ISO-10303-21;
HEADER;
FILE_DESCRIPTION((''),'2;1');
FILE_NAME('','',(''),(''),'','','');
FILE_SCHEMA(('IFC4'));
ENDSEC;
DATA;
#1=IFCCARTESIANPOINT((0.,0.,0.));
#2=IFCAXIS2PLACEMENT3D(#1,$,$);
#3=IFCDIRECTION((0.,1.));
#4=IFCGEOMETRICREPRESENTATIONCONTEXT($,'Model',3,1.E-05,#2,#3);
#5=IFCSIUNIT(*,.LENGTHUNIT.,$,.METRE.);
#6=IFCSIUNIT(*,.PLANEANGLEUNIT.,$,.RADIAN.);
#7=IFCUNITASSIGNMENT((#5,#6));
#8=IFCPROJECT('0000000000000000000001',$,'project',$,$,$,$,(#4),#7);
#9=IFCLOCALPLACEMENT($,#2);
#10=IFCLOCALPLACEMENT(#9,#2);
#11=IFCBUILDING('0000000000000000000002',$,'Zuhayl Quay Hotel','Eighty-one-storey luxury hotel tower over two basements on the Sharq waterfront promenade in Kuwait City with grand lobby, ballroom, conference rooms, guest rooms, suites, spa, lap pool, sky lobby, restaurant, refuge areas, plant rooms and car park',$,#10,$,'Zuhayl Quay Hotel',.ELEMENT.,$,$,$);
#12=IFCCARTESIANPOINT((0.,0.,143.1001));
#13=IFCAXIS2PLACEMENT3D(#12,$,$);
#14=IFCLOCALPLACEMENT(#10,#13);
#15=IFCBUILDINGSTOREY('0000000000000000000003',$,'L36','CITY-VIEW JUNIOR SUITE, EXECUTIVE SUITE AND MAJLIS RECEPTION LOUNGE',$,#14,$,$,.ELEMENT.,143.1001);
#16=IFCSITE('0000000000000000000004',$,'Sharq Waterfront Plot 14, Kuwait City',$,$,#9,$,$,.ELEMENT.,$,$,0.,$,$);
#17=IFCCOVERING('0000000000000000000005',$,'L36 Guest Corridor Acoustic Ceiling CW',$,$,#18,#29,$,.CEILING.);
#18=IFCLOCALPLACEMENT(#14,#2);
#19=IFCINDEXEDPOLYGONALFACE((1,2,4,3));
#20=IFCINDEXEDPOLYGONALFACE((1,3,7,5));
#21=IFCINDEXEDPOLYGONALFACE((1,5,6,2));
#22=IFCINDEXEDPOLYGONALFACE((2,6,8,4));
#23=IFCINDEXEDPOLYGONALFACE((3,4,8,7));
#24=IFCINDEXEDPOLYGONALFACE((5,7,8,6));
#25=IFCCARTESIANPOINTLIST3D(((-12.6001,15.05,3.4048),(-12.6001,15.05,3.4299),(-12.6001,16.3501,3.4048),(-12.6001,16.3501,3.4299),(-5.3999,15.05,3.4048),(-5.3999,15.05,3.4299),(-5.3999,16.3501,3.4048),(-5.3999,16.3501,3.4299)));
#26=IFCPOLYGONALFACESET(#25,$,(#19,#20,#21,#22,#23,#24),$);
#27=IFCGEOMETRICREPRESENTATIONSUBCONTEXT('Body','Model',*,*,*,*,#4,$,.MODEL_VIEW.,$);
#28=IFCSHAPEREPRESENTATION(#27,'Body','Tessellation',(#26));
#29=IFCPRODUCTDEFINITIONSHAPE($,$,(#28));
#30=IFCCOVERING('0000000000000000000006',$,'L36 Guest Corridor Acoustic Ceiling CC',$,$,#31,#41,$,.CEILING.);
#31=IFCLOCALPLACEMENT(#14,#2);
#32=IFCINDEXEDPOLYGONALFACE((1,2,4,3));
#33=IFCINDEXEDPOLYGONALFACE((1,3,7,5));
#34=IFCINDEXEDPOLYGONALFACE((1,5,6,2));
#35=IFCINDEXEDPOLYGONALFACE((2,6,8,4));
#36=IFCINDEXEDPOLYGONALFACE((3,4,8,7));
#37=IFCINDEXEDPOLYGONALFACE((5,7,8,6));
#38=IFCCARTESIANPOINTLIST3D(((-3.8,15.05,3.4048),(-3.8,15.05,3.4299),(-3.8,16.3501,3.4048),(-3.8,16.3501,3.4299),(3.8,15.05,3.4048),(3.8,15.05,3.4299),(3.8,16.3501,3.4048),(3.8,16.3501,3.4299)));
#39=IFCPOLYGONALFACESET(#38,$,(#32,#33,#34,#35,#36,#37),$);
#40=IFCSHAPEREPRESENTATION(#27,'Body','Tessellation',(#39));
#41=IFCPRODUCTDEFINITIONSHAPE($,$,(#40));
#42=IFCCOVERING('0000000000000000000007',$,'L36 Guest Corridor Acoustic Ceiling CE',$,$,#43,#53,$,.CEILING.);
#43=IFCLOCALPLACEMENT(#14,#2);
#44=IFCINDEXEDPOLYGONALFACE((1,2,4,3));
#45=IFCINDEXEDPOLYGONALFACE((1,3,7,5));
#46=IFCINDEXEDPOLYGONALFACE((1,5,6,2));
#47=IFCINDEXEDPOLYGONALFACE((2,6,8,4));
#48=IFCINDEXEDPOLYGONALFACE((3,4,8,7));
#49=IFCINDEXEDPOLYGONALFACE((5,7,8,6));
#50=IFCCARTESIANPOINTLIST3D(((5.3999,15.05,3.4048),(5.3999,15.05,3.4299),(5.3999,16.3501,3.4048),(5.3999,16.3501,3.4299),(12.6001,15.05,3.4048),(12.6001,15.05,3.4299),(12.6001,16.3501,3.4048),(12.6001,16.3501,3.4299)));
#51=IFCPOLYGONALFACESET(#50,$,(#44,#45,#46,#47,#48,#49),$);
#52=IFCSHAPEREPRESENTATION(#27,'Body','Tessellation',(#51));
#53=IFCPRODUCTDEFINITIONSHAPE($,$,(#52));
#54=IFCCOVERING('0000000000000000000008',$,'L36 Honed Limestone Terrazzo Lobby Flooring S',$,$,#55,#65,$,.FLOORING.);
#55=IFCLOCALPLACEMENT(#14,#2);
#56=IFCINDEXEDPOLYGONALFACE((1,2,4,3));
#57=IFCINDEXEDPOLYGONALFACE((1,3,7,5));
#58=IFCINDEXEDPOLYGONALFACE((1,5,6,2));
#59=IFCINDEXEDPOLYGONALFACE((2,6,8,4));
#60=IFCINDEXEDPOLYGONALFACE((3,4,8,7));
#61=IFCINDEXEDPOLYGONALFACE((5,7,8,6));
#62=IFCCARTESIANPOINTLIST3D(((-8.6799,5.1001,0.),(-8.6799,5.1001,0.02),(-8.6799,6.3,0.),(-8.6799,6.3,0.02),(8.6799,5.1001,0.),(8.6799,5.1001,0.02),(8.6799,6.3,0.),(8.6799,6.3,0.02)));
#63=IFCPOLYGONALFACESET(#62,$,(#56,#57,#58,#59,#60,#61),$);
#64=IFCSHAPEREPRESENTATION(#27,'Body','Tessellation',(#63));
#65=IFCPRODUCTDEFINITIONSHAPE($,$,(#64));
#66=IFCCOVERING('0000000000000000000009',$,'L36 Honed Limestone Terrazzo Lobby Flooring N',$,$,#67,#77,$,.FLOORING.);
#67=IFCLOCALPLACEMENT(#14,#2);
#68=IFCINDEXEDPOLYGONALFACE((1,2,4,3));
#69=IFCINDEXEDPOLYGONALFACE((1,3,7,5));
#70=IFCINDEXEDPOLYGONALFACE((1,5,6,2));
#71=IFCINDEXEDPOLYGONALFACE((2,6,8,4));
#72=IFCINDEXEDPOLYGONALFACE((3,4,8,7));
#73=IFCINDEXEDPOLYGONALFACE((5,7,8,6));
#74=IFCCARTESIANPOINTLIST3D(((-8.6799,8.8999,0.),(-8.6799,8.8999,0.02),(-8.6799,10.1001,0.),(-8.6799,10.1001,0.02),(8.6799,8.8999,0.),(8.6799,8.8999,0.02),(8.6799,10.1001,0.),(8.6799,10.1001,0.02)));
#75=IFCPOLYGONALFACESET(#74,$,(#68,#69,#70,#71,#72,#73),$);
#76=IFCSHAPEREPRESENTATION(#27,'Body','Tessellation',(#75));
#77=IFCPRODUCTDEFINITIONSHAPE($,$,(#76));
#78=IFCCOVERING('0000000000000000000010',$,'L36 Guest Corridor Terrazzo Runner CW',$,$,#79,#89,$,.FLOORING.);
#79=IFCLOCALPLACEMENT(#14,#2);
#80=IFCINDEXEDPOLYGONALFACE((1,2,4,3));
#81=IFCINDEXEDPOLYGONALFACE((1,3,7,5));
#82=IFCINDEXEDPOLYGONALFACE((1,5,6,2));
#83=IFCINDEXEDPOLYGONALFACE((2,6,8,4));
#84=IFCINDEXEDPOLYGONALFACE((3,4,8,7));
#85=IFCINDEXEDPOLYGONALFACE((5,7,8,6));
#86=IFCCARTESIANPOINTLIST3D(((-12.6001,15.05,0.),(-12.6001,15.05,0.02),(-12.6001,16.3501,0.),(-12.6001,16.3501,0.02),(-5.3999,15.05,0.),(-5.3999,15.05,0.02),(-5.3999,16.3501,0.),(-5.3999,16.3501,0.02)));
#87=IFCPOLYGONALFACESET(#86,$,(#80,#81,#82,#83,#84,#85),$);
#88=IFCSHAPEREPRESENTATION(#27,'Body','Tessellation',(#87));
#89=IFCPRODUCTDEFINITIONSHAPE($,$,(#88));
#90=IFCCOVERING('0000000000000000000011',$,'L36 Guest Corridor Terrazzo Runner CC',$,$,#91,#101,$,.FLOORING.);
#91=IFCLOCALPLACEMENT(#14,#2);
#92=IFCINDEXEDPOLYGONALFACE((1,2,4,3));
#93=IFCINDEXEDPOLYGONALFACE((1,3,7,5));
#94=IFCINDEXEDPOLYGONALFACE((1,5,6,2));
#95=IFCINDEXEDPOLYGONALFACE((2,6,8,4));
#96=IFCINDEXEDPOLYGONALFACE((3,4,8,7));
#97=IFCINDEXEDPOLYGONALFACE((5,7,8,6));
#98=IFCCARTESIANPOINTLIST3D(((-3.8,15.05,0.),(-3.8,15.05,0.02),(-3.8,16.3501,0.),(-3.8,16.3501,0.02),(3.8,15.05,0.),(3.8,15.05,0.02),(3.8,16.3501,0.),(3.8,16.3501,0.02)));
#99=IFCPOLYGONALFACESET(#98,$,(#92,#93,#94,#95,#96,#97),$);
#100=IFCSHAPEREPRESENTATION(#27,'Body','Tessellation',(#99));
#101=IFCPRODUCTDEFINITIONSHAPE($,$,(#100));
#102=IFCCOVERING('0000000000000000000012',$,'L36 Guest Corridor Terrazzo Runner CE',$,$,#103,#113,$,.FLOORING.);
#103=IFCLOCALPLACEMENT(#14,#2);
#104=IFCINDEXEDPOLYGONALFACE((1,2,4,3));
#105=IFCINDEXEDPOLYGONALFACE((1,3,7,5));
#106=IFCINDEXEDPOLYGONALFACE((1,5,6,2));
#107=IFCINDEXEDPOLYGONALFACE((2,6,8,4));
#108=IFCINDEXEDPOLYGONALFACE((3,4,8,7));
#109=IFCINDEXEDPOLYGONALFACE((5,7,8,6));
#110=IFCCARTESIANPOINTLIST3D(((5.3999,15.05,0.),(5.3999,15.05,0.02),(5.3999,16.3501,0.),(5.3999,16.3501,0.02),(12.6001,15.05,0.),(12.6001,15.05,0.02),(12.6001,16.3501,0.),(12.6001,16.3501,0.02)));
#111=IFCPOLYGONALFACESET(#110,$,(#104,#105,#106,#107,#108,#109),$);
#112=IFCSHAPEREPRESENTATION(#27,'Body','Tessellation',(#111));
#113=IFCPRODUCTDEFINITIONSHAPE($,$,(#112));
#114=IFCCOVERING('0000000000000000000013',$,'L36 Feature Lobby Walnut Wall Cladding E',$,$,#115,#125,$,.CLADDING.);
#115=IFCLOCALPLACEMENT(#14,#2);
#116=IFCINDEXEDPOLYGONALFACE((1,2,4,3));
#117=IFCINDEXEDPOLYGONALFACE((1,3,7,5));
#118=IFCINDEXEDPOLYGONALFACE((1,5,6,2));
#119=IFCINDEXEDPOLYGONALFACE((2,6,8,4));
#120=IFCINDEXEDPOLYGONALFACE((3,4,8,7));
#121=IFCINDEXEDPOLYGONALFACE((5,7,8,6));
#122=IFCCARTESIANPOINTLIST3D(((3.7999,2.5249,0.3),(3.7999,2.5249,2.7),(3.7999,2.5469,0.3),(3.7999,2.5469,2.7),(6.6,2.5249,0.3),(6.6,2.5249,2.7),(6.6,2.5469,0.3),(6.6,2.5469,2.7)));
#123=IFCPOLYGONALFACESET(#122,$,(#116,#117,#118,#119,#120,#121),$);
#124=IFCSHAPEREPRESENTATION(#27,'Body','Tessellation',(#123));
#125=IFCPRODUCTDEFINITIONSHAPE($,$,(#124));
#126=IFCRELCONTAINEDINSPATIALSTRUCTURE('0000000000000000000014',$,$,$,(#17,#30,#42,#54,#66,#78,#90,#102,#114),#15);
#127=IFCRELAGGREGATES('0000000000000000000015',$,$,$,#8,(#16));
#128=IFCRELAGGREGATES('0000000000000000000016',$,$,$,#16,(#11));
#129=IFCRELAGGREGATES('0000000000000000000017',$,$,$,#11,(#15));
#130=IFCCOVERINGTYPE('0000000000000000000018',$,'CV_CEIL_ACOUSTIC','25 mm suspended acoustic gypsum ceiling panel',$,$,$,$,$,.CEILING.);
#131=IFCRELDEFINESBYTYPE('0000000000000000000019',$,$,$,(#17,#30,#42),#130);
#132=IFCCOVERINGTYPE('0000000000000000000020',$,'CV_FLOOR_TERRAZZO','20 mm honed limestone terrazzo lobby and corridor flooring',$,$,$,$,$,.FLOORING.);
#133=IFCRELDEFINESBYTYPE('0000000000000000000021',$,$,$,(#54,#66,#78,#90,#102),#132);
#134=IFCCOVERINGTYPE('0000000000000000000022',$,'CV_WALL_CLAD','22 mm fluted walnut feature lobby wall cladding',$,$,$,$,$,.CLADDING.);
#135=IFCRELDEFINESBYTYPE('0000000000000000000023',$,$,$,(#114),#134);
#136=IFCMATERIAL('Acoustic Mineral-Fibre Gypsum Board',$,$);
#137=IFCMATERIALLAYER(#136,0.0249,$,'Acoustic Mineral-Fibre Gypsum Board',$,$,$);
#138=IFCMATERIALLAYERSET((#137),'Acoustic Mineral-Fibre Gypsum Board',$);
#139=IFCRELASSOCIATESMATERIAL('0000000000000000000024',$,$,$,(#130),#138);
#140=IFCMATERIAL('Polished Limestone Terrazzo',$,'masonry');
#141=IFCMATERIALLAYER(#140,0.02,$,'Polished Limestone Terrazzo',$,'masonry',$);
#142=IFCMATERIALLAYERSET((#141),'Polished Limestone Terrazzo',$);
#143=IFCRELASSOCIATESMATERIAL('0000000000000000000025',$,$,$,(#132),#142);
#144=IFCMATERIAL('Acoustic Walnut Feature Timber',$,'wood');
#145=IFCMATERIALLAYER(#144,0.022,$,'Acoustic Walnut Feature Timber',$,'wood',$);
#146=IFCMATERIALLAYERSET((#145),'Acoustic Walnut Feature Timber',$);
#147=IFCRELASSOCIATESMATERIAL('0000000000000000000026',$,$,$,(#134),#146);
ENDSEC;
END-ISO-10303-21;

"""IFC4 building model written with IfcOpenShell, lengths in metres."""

from ifc_helpers import new_model, si_unit, direction, frame, origin, origin_2d, place, context, subcontext, project, spatial, polyline, rectangle, outline, extrude, material, layer, layer_set, type_object, element, save


model = new_model("IFC4")

# Units and contexts
model_context = context("Model", 3, precision=1e-05, world=origin(), true_north=direction((0.0, 1.0)))
body_context = subcontext(model_context, "Body", "Model", "MODEL_VIEW")
ifc_project = project(units=[si_unit("LENGTHUNIT", "METRE"), si_unit("PLANEANGLEUNIT", "RADIAN")], contexts=[model_context])

# Site, building, storey
site_placement = place(None, origin())
site = spatial("IfcSite", under=ifc_project, at=site_placement, Name="Sharq Waterfront Plot 14, Kuwait City", CompositionType="ELEMENT", RefElevation=0.0)
building_placement = place(site_placement, origin())
building = spatial("IfcBuilding", under=site, at=building_placement, Name="Zuhayl Quay Hotel", Description="Eighty-one-storey luxury hotel tower over two basements on the Sharq waterfront promenade in Kuwait City with grand lobby, ballroom, conference rooms, guest rooms, suites, spa, lap pool, sky lobby, restaurant, refuge areas, plant rooms and car park", LongName="Zuhayl Quay Hotel", CompositionType="ELEMENT")
storey_placement = place(building_placement, frame((0.0, 0.0, 143.1001)))
storey = spatial("IfcBuildingStorey", under=building, at=storey_placement, Name="L36", Description="CITY-VIEW JUNIOR SUITE, EXECUTIVE SUITE AND MAJLIS RECEPTION LOUNGE", CompositionType="ELEMENT", Elevation=143.1001)

# Coverings
ifc_material_1 = material(Name="Acoustic Mineral-Fibre Gypsum Board")
ifc_layer_1 = layer(ifc_material_1, 0.0249, Name="Acoustic Mineral-Fibre Gypsum Board")
ifc_layer_set_1 = layer_set([ifc_layer_1], Name="Acoustic Mineral-Fibre Gypsum Board")
covering_type_1 = type_object("IfcCoveringType", Name="CV_CEIL_ACOUSTIC", Description="25 mm suspended acoustic gypsum ceiling panel", PredefinedType="CEILING", material=ifc_layer_set_1)
covering_1_placement = place(storey_placement, frame((0.0, 0.0, 3.4048)))
element("IfcCovering", 1, at=covering_1_placement, inside=storey, type_object=covering_type_1, Name="L36 Guest Corridor Acoustic Ceiling CW", PredefinedType="CEILING", context=body_context, shape_type="SweptSolid", body=[
    extrude(outline(polyline([(-12.6001, 15.05), (-5.3999, 15.05), (-5.3999, 16.3501), (-12.6001, 16.3501), (-12.6001, 15.05)])), origin(), (0.0, 0.0, 1.0), 0.0251),
])
covering_2_placement = place(storey_placement, frame((0.0, 0.0, 3.4048)))
element("IfcCovering", 2, at=covering_2_placement, inside=storey, type_object=covering_type_1, Name="L36 Guest Corridor Acoustic Ceiling CC", PredefinedType="CEILING", context=body_context, shape_type="SweptSolid", body=[
    extrude(outline(polyline([(-3.8, 15.05), (3.8, 15.05), (3.8, 16.3501), (-3.8, 16.3501), (-3.8, 15.05)])), origin(), (0.0, 0.0, 1.0), 0.0251),
])
covering_3_placement = place(storey_placement, frame((0.0, 0.0, 3.4048)))
element("IfcCovering", 3, at=covering_3_placement, inside=storey, type_object=covering_type_1, Name="L36 Guest Corridor Acoustic Ceiling CE", PredefinedType="CEILING", context=body_context, shape_type="SweptSolid", body=[
    extrude(outline(polyline([(5.3999, 15.05), (12.6001, 15.05), (12.6001, 16.3501), (5.3999, 16.3501), (5.3999, 15.05)])), origin(), (0.0, 0.0, 1.0), 0.0251),
])
ifc_material_2 = material(Name="Polished Limestone Terrazzo", Category="masonry")
ifc_layer_2 = layer(ifc_material_2, 0.02, Name="Polished Limestone Terrazzo", Category="masonry")
ifc_layer_set_2 = layer_set([ifc_layer_2], Name="Polished Limestone Terrazzo")
covering_type_2 = type_object("IfcCoveringType", Name="CV_FLOOR_TERRAZZO", Description="20 mm honed limestone terrazzo lobby and corridor flooring", PredefinedType="FLOORING", material=ifc_layer_set_2)
covering_4_placement = place(storey_placement, origin())
element("IfcCovering", 4, at=covering_4_placement, inside=storey, type_object=covering_type_2, Name="L36 Honed Limestone Terrazzo Lobby Flooring S", PredefinedType="FLOORING", context=body_context, shape_type="SweptSolid", body=[
    extrude(outline(polyline([(-8.6799, 5.1001), (8.6799, 5.1001), (8.6799, 6.3), (-8.6799, 6.3), (-8.6799, 5.1001)])), origin(), (0.0, 0.0, 1.0), 0.02),
])
covering_5_placement = place(storey_placement, origin())
element("IfcCovering", 5, at=covering_5_placement, inside=storey, type_object=covering_type_2, Name="L36 Honed Limestone Terrazzo Lobby Flooring N", PredefinedType="FLOORING", context=body_context, shape_type="SweptSolid", body=[
    extrude(outline(polyline([(-8.6799, 8.8999), (8.6799, 8.8999), (8.6799, 10.1001), (-8.6799, 10.1001), (-8.6799, 8.8999)])), origin(), (0.0, 0.0, 1.0), 0.02),
])
covering_6_placement = place(storey_placement, origin())
element("IfcCovering", 6, at=covering_6_placement, inside=storey, type_object=covering_type_2, Name="L36 Guest Corridor Terrazzo Runner CW", PredefinedType="FLOORING", context=body_context, shape_type="SweptSolid", body=[
    extrude(outline(polyline([(-12.6001, 15.05), (-5.3999, 15.05), (-5.3999, 16.3501), (-12.6001, 16.3501), (-12.6001, 15.05)])), origin(), (0.0, 0.0, 1.0), 0.02),
])
covering_7_placement = place(storey_placement, origin())
element("IfcCovering", 7, at=covering_7_placement, inside=storey, type_object=covering_type_2, Name="L36 Guest Corridor Terrazzo Runner CC", PredefinedType="FLOORING", context=body_context, shape_type="SweptSolid", body=[
    extrude(outline(polyline([(-3.8, 15.05), (3.8, 15.05), (3.8, 16.3501), (-3.8, 16.3501), (-3.8, 15.05)])), origin(), (0.0, 0.0, 1.0), 0.02),
])
covering_8_placement = place(storey_placement, origin())
element("IfcCovering", 8, at=covering_8_placement, inside=storey, type_object=covering_type_2, Name="L36 Guest Corridor Terrazzo Runner CE", PredefinedType="FLOORING", context=body_context, shape_type="SweptSolid", body=[
    extrude(outline(polyline([(5.3999, 15.05), (12.6001, 15.05), (12.6001, 16.3501), (5.3999, 16.3501), (5.3999, 15.05)])), origin(), (0.0, 0.0, 1.0), 0.02),
])
ifc_material_3 = material(Name="Acoustic Walnut Feature Timber", Category="wood")
ifc_layer_3 = layer(ifc_material_3, 0.022, Name="Acoustic Walnut Feature Timber", Category="wood")
ifc_layer_set_3 = layer_set([ifc_layer_3], Name="Acoustic Walnut Feature Timber")
covering_type_3 = type_object("IfcCoveringType", Name="CV_WALL_CLAD", Description="22 mm fluted walnut feature lobby wall cladding", PredefinedType="CLADDING", material=ifc_layer_set_3)
covering_9_placement = place(storey_placement, frame((5.2, 2.5359, 0.3), z_axis=(0.0, 0.0, 1.0), x_axis=(1.0, 0.0, 0.0)))
element("IfcCovering", 9, at=covering_9_placement, inside=storey, type_object=covering_type_3, Name="L36 Feature Lobby Walnut Wall Cladding E", PredefinedType="CLADDING", context=body_context, shape_type="SweptSolid", body=[
    extrude(rectangle(XDim=2.8, YDim=0.022, at=origin_2d()), origin(), (0.0, 0.0, 1.0), 2.3999),
])

save(model, "model.ifc")
